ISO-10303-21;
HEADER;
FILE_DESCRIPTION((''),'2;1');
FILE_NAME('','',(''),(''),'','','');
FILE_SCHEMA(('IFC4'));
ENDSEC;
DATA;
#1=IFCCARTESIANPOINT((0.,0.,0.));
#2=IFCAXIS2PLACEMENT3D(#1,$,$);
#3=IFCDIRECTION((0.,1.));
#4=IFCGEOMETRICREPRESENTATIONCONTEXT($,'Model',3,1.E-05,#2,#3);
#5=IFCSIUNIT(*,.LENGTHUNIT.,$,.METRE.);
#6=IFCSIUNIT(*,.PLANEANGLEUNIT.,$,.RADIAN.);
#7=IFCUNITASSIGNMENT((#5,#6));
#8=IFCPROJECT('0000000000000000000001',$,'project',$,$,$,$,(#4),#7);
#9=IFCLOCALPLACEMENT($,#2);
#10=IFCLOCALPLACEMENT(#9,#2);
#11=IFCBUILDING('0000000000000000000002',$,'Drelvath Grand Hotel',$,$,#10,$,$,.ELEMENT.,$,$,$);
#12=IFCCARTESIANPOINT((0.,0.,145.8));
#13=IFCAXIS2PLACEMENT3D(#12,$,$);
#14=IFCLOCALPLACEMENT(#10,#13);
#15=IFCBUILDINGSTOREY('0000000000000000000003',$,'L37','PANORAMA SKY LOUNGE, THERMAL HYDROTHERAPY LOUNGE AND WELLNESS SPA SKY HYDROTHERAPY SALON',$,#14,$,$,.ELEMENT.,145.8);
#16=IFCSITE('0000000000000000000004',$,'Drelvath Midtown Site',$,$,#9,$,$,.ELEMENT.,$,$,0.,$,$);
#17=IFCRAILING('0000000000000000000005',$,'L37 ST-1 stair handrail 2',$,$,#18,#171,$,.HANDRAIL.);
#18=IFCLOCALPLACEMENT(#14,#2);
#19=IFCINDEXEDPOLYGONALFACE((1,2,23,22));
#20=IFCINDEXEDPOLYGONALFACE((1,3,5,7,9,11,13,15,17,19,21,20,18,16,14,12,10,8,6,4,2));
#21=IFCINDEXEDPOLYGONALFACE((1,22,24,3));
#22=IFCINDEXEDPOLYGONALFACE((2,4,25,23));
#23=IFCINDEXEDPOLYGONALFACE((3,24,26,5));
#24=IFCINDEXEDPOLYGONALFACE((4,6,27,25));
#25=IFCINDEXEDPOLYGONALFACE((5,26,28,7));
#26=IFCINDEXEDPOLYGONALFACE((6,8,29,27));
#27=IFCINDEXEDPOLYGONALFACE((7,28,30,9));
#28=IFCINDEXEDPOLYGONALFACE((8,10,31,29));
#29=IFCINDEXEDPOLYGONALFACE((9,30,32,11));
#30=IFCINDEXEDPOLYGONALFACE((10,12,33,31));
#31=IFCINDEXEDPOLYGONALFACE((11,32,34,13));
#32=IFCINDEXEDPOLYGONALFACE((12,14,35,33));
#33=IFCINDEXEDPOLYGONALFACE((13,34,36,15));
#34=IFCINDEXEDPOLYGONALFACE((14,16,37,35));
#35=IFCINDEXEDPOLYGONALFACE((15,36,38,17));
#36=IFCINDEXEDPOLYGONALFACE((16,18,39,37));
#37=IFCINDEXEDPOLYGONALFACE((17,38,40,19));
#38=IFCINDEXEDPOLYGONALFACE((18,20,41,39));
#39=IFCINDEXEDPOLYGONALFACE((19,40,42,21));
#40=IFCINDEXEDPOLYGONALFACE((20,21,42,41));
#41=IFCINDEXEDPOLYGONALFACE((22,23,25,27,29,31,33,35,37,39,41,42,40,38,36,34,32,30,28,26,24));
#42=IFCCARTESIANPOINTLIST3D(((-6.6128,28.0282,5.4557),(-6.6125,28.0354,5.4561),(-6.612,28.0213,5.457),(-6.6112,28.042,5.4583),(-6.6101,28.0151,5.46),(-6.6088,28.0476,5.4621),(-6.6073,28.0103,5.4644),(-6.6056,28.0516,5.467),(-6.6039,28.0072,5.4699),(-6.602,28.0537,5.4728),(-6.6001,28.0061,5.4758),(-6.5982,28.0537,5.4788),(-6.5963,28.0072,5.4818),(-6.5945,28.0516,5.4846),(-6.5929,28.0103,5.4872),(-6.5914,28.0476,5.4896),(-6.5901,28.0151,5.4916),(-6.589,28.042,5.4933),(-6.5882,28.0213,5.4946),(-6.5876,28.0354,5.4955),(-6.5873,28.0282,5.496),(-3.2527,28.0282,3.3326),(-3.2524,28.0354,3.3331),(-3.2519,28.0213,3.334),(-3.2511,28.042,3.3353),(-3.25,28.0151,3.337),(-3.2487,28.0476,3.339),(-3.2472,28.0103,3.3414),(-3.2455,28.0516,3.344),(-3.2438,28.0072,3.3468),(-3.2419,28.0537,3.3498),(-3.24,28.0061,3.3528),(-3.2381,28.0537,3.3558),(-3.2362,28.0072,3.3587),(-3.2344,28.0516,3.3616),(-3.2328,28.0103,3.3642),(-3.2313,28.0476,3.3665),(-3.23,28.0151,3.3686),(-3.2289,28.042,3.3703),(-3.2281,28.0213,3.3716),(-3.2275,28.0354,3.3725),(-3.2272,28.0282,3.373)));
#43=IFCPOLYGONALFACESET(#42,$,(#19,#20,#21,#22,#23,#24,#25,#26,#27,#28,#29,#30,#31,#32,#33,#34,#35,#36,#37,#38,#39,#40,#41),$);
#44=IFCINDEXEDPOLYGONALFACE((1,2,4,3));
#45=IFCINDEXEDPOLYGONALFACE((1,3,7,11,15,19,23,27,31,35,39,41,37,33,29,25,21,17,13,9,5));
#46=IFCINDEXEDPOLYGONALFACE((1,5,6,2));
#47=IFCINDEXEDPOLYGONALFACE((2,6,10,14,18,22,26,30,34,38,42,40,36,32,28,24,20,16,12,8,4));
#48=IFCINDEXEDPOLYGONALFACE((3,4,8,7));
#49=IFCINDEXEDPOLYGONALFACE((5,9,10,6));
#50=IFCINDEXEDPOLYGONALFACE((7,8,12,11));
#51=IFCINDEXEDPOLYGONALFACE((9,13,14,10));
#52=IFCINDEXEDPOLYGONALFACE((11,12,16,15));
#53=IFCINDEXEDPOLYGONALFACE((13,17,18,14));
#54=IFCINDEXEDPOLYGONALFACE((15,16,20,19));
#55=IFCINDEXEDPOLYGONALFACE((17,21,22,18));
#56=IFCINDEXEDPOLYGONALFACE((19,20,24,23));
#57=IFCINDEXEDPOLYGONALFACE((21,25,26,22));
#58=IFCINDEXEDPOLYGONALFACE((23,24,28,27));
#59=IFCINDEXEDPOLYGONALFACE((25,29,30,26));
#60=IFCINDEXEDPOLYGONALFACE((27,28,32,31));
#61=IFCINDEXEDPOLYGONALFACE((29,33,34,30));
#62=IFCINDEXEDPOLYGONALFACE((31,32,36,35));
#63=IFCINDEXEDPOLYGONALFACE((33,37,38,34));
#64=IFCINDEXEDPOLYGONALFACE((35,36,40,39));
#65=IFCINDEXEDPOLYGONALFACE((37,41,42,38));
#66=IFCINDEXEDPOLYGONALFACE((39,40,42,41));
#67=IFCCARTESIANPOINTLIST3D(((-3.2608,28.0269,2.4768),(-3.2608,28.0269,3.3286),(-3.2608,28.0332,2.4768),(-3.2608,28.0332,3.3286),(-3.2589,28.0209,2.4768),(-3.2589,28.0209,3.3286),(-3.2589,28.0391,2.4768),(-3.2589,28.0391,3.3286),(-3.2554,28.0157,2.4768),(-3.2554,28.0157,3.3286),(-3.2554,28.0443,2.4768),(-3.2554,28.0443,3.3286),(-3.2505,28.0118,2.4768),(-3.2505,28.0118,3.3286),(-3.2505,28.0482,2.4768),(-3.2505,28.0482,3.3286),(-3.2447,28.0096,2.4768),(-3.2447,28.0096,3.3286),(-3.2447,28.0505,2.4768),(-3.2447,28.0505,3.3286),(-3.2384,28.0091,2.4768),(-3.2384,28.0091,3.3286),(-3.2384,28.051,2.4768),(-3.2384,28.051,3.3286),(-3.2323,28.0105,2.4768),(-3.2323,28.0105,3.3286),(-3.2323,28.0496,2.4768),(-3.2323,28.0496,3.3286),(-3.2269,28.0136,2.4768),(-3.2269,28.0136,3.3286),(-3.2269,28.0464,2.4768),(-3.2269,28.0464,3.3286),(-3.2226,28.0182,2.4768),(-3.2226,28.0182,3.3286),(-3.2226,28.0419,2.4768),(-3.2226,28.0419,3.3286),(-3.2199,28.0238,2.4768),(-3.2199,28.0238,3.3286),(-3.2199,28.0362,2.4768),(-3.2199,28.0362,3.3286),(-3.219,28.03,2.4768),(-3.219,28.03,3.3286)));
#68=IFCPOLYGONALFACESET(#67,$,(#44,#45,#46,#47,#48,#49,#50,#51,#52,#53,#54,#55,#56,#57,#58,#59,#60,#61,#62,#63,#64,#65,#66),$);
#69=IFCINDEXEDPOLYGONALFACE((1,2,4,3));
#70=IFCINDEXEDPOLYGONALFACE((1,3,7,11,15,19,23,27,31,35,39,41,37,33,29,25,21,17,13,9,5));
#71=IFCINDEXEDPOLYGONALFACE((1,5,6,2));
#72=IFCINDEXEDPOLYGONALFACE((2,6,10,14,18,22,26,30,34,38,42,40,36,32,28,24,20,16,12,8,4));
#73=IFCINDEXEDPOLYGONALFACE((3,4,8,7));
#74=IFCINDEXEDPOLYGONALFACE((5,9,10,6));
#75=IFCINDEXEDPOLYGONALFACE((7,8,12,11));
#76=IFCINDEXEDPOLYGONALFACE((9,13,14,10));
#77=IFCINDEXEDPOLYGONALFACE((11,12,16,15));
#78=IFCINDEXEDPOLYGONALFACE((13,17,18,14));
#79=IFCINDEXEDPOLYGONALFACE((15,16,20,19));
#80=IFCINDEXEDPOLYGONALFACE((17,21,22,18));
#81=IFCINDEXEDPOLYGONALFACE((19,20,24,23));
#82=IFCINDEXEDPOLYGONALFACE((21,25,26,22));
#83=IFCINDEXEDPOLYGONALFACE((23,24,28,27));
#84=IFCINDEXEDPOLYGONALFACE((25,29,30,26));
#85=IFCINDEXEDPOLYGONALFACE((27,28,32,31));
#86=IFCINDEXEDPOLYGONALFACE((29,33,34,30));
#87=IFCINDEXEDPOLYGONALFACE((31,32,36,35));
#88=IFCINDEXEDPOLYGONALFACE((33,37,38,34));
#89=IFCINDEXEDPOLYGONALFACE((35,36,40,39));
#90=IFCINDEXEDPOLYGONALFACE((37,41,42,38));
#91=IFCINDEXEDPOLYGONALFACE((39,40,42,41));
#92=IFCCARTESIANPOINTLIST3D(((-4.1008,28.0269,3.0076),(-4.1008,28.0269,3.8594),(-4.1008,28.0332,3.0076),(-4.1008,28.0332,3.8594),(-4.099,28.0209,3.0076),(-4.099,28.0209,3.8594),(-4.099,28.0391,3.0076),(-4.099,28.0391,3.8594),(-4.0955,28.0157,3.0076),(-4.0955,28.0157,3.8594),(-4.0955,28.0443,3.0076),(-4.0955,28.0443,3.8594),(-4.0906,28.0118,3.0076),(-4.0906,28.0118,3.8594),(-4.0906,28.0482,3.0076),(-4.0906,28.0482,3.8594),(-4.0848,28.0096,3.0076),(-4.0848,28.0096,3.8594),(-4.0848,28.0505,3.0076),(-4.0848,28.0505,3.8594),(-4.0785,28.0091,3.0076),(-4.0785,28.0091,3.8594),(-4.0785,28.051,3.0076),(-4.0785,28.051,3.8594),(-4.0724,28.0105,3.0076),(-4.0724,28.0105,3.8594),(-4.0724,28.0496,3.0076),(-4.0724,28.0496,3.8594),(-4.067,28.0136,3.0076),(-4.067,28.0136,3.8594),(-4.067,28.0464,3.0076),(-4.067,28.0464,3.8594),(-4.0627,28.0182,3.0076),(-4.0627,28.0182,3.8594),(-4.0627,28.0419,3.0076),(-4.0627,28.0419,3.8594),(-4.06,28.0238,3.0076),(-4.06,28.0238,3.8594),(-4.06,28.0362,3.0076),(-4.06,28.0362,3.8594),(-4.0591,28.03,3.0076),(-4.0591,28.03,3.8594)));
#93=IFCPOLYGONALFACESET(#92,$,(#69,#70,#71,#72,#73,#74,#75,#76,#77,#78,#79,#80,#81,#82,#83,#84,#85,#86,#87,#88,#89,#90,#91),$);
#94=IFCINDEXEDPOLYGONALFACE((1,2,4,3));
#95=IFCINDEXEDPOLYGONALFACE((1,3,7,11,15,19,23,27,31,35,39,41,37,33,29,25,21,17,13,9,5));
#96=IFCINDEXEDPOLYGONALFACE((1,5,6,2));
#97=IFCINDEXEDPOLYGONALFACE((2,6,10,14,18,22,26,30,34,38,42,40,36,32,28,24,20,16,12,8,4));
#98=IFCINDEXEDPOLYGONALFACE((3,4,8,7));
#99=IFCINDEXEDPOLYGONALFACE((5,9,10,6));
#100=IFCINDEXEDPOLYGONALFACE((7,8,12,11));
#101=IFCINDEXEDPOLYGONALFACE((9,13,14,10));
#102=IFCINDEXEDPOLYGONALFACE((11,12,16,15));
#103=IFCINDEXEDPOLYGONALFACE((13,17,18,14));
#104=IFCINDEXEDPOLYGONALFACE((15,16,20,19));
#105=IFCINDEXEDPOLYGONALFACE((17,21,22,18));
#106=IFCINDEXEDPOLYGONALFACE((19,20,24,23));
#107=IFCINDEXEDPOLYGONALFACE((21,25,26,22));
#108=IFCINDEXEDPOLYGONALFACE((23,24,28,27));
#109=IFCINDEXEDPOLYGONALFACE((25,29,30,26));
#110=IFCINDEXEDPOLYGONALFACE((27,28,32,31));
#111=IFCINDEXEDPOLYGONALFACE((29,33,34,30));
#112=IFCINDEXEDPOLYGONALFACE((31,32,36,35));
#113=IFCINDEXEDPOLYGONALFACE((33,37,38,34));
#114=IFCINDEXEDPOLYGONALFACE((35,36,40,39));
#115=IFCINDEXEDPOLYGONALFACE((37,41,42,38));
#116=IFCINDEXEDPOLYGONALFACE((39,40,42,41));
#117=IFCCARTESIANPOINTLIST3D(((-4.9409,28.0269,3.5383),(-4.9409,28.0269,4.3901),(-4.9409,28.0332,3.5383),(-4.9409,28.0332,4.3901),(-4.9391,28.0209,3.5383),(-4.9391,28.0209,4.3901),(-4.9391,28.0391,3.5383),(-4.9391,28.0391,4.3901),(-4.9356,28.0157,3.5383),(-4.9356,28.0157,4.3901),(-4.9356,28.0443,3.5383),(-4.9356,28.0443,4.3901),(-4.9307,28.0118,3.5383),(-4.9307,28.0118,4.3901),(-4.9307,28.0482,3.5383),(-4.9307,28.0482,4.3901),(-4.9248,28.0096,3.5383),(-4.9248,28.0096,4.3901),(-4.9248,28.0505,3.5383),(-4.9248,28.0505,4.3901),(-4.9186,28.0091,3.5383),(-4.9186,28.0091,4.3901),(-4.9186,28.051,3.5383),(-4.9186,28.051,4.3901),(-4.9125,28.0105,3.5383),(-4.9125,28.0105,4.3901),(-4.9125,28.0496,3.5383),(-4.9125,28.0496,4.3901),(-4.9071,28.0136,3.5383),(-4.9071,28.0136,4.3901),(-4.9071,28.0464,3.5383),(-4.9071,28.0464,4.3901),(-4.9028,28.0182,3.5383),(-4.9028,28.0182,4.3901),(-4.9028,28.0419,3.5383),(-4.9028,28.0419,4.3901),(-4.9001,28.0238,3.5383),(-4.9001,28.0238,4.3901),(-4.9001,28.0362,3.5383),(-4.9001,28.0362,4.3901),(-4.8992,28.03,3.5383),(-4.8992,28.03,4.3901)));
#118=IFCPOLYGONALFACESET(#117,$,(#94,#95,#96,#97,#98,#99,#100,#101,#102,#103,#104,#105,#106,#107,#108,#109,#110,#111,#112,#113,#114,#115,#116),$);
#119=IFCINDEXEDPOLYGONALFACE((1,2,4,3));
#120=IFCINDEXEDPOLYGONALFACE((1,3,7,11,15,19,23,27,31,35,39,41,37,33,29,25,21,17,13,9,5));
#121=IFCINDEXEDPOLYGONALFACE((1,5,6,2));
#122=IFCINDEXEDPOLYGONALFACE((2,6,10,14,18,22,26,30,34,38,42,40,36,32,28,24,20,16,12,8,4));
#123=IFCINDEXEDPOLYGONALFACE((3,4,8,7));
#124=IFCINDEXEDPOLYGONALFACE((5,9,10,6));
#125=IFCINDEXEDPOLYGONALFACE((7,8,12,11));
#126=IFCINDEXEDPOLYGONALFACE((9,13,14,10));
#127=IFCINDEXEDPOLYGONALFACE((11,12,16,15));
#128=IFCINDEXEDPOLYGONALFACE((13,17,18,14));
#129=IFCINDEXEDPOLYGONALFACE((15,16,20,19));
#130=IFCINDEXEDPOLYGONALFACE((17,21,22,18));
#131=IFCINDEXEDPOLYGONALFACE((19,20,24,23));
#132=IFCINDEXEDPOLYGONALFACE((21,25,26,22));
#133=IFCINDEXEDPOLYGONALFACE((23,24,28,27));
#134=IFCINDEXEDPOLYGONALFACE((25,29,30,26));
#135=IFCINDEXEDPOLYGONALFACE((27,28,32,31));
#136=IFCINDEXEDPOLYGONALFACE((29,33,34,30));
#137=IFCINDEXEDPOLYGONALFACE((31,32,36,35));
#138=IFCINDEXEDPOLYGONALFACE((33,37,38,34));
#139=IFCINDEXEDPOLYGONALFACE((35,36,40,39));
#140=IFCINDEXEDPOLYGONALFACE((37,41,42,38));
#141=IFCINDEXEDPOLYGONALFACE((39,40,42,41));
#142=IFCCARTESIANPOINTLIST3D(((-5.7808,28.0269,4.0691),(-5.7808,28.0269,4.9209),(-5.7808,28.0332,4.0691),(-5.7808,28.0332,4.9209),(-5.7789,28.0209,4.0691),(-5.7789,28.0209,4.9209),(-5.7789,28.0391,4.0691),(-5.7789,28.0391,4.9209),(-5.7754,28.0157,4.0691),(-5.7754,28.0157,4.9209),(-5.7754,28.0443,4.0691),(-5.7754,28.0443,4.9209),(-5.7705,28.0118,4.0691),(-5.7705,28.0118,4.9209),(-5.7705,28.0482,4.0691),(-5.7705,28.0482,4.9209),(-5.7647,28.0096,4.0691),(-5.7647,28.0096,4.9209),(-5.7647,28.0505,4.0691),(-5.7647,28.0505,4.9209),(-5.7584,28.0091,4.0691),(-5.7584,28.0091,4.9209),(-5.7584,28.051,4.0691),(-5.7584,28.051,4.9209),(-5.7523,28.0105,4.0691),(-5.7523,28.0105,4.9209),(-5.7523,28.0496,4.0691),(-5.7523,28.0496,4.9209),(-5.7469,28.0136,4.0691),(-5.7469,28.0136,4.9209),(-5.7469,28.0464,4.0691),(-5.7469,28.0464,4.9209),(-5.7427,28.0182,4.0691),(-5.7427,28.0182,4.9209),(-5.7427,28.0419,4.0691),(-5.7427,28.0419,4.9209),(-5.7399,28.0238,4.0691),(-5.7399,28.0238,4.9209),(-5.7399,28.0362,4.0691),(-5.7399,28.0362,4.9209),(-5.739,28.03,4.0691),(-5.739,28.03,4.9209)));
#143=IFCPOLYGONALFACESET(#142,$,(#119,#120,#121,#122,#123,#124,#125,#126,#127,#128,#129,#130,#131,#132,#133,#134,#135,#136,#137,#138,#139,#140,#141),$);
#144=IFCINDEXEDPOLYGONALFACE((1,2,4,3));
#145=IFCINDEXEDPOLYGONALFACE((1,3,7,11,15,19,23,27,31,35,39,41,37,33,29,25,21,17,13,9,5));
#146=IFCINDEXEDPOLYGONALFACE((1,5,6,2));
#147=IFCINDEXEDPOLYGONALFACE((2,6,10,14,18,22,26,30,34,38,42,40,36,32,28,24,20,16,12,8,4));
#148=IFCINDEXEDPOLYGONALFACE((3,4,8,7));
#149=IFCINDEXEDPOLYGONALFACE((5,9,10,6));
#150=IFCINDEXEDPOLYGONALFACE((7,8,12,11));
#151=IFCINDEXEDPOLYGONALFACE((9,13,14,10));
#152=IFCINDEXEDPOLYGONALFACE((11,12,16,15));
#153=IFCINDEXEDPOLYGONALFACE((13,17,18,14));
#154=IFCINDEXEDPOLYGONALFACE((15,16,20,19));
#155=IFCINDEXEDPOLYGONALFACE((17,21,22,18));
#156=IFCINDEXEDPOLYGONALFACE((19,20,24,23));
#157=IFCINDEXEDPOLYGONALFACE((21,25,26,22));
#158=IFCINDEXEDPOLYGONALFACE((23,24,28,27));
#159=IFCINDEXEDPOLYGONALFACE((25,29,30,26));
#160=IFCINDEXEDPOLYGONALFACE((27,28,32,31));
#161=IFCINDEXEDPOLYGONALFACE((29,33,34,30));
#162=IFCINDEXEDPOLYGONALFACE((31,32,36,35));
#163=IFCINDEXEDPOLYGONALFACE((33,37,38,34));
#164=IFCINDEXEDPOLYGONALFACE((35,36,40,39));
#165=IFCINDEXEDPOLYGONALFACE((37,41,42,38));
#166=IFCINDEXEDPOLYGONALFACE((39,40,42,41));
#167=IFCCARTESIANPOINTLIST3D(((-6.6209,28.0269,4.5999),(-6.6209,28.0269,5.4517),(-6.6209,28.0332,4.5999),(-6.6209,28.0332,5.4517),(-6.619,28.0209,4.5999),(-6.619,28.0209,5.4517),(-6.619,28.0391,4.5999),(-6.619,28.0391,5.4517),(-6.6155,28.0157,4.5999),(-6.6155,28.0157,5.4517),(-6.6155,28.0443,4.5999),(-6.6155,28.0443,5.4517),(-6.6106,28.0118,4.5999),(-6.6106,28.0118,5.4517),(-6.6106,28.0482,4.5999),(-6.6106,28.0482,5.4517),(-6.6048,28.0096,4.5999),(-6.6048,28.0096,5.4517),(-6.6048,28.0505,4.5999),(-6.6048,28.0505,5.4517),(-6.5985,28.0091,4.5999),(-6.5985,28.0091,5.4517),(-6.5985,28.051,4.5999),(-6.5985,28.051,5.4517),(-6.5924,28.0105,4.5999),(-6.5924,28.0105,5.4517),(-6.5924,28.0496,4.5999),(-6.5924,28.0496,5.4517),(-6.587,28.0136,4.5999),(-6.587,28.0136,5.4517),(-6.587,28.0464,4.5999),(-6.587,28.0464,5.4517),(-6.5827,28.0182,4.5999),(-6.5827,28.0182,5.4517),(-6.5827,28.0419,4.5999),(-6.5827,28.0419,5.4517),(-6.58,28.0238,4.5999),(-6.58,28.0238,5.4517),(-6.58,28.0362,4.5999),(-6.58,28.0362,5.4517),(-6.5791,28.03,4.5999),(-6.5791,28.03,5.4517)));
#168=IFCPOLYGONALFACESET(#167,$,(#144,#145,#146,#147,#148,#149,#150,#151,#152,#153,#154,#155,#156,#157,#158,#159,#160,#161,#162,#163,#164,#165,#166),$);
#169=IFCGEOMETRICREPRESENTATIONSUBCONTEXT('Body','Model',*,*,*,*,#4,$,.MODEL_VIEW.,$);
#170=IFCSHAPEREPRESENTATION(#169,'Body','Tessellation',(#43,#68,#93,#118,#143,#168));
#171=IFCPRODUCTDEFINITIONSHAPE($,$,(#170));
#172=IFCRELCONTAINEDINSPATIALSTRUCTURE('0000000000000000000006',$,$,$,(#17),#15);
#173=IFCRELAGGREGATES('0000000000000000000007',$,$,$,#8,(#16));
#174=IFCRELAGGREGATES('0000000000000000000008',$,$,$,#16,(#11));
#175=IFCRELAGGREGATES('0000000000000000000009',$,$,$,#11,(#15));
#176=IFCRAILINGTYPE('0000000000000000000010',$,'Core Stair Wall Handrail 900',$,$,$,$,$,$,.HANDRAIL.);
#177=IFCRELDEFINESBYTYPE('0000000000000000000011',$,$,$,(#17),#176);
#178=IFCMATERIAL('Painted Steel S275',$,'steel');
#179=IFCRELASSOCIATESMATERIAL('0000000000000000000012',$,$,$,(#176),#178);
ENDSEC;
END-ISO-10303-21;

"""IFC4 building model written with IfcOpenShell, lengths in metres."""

from ifc_helpers import new_model, si_unit, direction, frame, origin, origin_2d, place, context, subcontext, project, spatial, circle, extrude, material, type_object, element, save


model = new_model("IFC4")

# Units and contexts
model_context = context("Model", 3, precision=1e-05, world=origin(), true_north=direction((0.0, 1.0)))
body_context = subcontext(model_context, "Body", "Model", "MODEL_VIEW")
ifc_project = project(units=[si_unit("LENGTHUNIT", "METRE"), si_unit("PLANEANGLEUNIT", "RADIAN")], contexts=[model_context])

# Site, building, storey
site_placement = place(None, origin())
site = spatial("IfcSite", under=ifc_project, at=site_placement, Name="Drelvath Midtown Site", CompositionType="ELEMENT", RefElevation=0.0)
building_placement = place(site_placement, origin())
building = spatial("IfcBuilding", under=site, at=building_placement, Name="Drelvath Grand Hotel", CompositionType="ELEMENT")
storey_placement = place(building_placement, frame((0.0, 0.0, 145.8)))
storey = spatial("IfcBuildingStorey", under=building, at=storey_placement, Name="L37", Description="PANORAMA SKY LOUNGE, THERMAL HYDROTHERAPY LOUNGE AND WELLNESS SPA SKY HYDROTHERAPY SALON", CompositionType="ELEMENT", Elevation=145.8)

# Shared definitions
ifc_material_1 = material(Name="Painted Steel S275", Category="steel")

# Railing
railing_type_1 = type_object("IfcRailingType", Name="Core Stair Wall Handrail 900", PredefinedType="HANDRAIL", material=ifc_material_1)
railing_1_placement = place(storey_placement, frame((-3.24, 28.03, 2.4768)))
element("IfcRailing", 1, at=railing_1_placement, inside=storey, type_object=railing_type_1, Name="L37 ST-1 stair handrail 2", PredefinedType="HANDRAIL", context=body_context, shape_type="SweptSolid", body=[
    extrude(circle(Radius=0.0239, at=origin_2d()), frame((0.0, 0.0, 0.876), z_axis=(-0.84539, 0.0, 0.53415), x_axis=(0.0, -1.0, 0.0)), (0.0, 0.0, 1.0), 3.9746),
    extrude(circle(Radius=0.021, at=origin_2d()), origin(), (0.0, 0.0, 1.0), 0.8518),
    extrude(circle(Radius=0.021, at=origin_2d()), frame((-0.8401, 0.0, 0.5308)), (0.0, 0.0, 1.0), 0.8518),
    extrude(circle(Radius=0.021, at=origin_2d()), frame((-1.6802, 0.0, 1.0615)), (0.0, 0.0, 1.0), 0.8518),
    extrude(circle(Radius=0.021, at=origin_2d()), frame((-2.52, 0.0, 1.5923)), (0.0, 0.0, 1.0), 0.8518),
    extrude(circle(Radius=0.021, at=origin_2d()), frame((-3.3601, 0.0, 2.123)), (0.0, 0.0, 1.0), 0.8518),
])

save(model, "model.ifc")
